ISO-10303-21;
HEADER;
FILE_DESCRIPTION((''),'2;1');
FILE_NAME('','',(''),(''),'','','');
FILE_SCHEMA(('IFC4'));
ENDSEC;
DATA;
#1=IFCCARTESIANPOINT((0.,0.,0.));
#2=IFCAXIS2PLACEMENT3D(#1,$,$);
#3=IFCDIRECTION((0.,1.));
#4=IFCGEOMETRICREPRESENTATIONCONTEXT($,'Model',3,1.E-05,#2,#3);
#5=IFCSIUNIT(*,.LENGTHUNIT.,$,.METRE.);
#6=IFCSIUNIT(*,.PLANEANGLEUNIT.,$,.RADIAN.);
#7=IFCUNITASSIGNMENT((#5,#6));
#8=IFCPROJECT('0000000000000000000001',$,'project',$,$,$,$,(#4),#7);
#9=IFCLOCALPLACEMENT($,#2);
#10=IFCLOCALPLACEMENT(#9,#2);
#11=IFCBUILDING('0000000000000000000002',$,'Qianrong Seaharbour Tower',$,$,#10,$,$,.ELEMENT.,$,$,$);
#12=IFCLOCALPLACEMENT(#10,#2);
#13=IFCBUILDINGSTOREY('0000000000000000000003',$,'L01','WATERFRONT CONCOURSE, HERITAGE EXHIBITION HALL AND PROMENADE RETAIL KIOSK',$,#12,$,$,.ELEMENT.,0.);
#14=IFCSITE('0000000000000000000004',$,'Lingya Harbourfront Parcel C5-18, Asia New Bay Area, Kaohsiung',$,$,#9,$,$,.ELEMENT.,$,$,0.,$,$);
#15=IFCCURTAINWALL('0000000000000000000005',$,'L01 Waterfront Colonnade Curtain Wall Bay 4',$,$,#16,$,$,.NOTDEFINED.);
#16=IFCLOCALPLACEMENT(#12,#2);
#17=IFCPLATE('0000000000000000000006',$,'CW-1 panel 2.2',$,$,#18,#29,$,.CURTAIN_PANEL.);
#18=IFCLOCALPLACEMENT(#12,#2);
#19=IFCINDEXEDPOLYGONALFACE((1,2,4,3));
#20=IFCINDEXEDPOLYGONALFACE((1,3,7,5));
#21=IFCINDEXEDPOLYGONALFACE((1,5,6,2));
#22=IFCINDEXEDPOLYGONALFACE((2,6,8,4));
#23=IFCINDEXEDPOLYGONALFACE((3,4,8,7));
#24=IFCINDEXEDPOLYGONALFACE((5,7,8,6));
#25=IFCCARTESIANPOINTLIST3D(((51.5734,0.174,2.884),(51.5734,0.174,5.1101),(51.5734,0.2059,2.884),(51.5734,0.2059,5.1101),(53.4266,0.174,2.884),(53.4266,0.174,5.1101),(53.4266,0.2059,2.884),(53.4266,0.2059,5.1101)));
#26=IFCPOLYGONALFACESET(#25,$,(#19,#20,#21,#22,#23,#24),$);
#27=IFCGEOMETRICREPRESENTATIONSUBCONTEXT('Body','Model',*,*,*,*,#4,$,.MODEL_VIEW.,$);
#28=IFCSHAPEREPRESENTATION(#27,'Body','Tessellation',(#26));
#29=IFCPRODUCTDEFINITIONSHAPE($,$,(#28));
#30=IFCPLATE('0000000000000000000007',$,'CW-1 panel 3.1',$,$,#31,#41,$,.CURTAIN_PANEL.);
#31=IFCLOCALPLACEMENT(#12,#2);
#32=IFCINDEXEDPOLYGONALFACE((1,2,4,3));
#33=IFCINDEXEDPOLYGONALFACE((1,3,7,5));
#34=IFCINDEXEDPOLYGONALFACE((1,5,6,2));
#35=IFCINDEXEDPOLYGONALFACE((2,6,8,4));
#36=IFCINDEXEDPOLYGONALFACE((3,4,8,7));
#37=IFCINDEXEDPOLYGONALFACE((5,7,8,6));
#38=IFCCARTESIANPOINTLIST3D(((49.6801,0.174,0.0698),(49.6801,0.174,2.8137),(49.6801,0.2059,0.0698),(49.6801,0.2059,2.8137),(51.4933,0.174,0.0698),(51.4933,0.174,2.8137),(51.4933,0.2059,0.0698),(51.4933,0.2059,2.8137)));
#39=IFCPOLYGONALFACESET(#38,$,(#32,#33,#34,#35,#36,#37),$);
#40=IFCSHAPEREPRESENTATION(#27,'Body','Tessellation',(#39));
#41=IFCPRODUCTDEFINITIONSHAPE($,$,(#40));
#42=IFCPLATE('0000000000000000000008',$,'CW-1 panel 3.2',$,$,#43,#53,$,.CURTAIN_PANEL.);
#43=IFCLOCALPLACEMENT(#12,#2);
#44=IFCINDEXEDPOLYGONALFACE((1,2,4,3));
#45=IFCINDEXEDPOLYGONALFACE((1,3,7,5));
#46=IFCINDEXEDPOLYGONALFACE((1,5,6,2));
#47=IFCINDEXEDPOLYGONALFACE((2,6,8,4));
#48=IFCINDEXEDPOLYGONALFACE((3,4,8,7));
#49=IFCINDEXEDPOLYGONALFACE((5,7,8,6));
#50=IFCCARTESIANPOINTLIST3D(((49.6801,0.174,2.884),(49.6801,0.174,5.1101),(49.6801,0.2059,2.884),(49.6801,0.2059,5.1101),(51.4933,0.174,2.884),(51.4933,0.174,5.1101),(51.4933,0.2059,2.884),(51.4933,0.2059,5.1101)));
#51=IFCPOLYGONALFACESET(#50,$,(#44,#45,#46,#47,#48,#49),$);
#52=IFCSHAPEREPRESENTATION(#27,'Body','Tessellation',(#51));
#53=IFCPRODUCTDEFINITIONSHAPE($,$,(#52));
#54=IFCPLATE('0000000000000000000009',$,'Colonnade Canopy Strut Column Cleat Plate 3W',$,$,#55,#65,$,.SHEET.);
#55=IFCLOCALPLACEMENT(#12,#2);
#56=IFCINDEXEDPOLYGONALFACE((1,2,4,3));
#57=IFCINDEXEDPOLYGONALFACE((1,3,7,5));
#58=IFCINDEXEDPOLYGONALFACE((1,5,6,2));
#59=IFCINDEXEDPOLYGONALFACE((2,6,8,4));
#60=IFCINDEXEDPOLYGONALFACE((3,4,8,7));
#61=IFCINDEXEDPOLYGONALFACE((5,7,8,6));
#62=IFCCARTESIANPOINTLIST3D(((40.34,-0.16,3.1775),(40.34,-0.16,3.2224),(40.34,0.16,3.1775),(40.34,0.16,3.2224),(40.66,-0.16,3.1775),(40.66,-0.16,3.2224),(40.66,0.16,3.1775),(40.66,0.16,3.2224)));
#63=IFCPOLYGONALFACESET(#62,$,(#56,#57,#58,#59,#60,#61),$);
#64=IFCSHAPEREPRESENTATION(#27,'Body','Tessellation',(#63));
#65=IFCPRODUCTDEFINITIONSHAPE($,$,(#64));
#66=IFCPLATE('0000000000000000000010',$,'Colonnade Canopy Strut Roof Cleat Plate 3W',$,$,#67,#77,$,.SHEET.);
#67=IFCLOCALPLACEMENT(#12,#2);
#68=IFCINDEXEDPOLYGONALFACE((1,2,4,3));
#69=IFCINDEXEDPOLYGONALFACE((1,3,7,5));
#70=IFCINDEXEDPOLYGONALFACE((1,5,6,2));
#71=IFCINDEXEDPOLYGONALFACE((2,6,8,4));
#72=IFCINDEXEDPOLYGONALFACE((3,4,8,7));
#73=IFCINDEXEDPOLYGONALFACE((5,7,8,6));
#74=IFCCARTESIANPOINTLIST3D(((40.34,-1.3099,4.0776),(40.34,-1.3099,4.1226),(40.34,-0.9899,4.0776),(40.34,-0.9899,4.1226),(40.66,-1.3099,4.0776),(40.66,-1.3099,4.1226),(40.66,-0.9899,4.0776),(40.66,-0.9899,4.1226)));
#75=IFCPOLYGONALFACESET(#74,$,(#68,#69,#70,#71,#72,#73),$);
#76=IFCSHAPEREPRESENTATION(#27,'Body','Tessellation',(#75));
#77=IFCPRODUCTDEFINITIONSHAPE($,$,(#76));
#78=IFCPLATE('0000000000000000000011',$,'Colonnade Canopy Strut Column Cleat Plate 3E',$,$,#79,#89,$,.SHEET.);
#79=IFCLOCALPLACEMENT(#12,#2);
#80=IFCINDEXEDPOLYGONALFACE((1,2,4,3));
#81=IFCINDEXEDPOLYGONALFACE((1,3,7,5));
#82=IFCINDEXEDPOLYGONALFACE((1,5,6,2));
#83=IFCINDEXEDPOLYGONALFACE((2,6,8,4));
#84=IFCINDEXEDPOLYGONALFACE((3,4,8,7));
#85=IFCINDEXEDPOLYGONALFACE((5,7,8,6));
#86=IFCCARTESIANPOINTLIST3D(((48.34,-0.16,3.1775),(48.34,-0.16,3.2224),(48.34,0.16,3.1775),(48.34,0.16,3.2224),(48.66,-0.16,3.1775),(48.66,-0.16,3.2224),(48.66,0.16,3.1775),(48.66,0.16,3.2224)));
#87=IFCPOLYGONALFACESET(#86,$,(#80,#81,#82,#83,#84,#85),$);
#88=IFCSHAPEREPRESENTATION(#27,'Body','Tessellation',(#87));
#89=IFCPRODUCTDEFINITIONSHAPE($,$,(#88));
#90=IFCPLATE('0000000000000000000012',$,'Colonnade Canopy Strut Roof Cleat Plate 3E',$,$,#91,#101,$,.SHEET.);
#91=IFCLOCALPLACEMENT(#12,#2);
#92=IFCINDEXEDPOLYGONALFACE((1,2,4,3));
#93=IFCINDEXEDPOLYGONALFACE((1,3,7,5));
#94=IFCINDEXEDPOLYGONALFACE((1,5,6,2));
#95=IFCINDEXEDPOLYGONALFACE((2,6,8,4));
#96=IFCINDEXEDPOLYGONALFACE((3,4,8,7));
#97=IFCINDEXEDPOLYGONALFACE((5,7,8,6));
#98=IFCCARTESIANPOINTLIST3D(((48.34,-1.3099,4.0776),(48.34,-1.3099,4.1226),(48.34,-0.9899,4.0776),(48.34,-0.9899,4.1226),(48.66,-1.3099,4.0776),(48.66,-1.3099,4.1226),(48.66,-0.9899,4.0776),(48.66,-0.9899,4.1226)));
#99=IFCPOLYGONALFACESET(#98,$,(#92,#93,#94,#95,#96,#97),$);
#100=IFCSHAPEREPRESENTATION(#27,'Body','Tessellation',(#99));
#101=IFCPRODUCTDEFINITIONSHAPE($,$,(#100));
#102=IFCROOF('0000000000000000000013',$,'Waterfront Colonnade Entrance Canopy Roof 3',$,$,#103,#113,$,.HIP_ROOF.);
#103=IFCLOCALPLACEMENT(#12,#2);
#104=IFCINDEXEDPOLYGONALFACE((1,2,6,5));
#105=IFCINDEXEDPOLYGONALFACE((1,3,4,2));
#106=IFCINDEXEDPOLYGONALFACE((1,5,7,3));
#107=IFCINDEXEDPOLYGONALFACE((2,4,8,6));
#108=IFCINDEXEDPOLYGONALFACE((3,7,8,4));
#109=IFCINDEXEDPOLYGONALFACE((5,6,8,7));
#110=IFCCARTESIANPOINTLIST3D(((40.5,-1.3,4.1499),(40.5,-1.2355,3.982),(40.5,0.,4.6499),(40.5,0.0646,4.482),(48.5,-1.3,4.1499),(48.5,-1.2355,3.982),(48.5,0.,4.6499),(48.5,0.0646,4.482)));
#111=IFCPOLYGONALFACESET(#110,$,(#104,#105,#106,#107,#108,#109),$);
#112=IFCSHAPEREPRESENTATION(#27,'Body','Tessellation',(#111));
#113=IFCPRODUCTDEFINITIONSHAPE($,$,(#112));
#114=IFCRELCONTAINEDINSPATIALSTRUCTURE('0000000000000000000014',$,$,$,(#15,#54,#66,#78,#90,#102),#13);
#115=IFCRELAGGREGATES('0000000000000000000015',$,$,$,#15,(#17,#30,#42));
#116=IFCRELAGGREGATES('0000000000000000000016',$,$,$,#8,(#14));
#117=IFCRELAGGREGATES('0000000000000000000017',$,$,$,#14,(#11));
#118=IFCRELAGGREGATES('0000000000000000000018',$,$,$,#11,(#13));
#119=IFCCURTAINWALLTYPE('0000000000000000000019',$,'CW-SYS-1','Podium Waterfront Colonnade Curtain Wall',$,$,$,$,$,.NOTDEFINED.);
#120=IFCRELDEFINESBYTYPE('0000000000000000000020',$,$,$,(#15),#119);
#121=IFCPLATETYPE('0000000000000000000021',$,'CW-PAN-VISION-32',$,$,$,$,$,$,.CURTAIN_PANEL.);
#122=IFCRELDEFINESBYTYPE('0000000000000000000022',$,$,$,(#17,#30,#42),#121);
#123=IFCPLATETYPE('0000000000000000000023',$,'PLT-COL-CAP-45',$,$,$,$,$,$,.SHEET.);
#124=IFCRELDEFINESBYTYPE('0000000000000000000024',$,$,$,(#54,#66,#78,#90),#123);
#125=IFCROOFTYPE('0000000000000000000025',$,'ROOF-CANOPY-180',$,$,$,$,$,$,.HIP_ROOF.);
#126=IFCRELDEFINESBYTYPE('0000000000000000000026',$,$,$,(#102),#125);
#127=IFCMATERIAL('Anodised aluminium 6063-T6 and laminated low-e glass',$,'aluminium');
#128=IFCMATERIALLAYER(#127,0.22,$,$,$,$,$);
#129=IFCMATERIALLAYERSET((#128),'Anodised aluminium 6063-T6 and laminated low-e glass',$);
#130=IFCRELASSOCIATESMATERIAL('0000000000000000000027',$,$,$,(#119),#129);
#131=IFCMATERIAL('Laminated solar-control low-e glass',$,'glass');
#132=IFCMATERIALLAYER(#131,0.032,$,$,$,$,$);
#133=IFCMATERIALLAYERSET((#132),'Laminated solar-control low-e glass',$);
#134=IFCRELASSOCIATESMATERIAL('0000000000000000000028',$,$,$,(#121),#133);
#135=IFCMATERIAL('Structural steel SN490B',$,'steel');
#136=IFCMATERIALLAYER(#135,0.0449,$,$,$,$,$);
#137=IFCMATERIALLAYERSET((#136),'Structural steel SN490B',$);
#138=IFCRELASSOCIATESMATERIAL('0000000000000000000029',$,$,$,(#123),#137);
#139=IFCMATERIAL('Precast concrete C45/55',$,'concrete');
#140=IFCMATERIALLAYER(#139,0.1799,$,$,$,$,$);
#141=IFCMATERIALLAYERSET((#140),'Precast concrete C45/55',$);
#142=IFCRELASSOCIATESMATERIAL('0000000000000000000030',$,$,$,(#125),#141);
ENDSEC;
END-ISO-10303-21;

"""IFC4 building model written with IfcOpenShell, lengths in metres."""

from ifc_helpers import new_model, si_unit, direction, frame, origin, origin_2d, place, context, subcontext, project, spatial, polyline, rectangle, outline, extrude, material, layer, layer_set, type_object, element, aggregate, save


model = new_model("IFC4")

# Units and contexts
model_context = context("Model", 3, precision=1e-05, world=origin(), true_north=direction((0.0, 1.0)))
body_context = subcontext(model_context, "Body", "Model", "MODEL_VIEW")
ifc_project = project(units=[si_unit("LENGTHUNIT", "METRE"), si_unit("PLANEANGLEUNIT", "RADIAN")], contexts=[model_context])

# Site, building, storey
site_placement = place(None, origin())
site = spatial("IfcSite", under=ifc_project, at=site_placement, Name="Lingya Harbourfront Parcel C5-18, Asia New Bay Area, Kaohsiung", CompositionType="ELEMENT", RefElevation=0.0)
building_placement = place(site_placement, origin())
building = spatial("IfcBuilding", under=site, at=building_placement, Name="Qianrong Seaharbour Tower", CompositionType="ELEMENT")
storey_placement = place(building_placement, origin())
storey = spatial("IfcBuildingStorey", under=building, at=storey_placement, Name="L01", Description="WATERFRONT CONCOURSE, HERITAGE EXHIBITION HALL AND PROMENADE RETAIL KIOSK", CompositionType="ELEMENT", Elevation=0.0)

# Shared definitions
ifc_material_1 = material(Name="Structural steel SN490B", Category="steel")

# Curtain wall
ifc_material_2 = material(Name="Anodised aluminium 6063-T6 and laminated low-e glass", Category="aluminium")
ifc_layer_1 = layer(ifc_material_2, 0.22)
ifc_layer_set_1 = layer_set([ifc_layer_1], Name="Anodised aluminium 6063-T6 and laminated low-e glass")
curtain_wall_type = type_object("IfcCurtainWallType", Name="CW-SYS-1", Description="Podium Waterfront Colonnade Curtain Wall", PredefinedType="NOTDEFINED", material=ifc_layer_set_1)
curtain_wall_placement = place(storey_placement, origin())
curtain_wall = element("IfcCurtainWall", 1, at=curtain_wall_placement, inside=storey, type_object=curtain_wall_type, Name="L01 Waterfront Colonnade Curtain Wall Bay 4", PredefinedType="NOTDEFINED")

# Plates
ifc_material_3 = material(Name="Laminated solar-control low-e glass", Category="glass")
ifc_layer_2 = layer(ifc_material_3, 0.032)
ifc_layer_set_2 = layer_set([ifc_layer_2], Name="Laminated solar-control low-e glass")
plate_type_1 = type_object("IfcPlateType", Name="CW-PAN-VISION-32", PredefinedType="CURTAIN_PANEL", material=ifc_layer_set_2)
plate_1_placement = place(storey_placement, frame((52.5, 0.1899, 2.884), z_axis=(0.0, 0.0, 1.0), x_axis=(-1.0, 0.0, 0.0)))
plate_1 = element("IfcPlate", 2, at=plate_1_placement, type_object=plate_type_1, Name="CW-1 panel 2.2", PredefinedType="CURTAIN_PANEL", context=body_context, shape_type="SweptSolid", body=[
    extrude(rectangle(XDim=1.8533, YDim=0.032, at=origin_2d()), origin(), (0.0, 0.0, 1.0), 2.2261),
])
plate_2_placement = place(storey_placement, frame((50.5867, 0.1899, 0.0698), z_axis=(0.0, 0.0, 1.0), x_axis=(-1.0, 0.0, 0.0)))
plate_2 = element("IfcPlate", 3, at=plate_2_placement, type_object=plate_type_1, Name="CW-1 panel 3.1", PredefinedType="CURTAIN_PANEL", context=body_context, shape_type="SweptSolid", body=[
    extrude(rectangle(XDim=1.8132, YDim=0.032, at=origin_2d()), origin(), (0.0, 0.0, 1.0), 2.7439),
])
plate_3_placement = place(storey_placement, frame((50.5867, 0.1899, 2.884), z_axis=(0.0, 0.0, 1.0), x_axis=(-1.0, 0.0, 0.0)))
plate_3 = element("IfcPlate", 4, at=plate_3_placement, type_object=plate_type_1, Name="CW-1 panel 3.2", PredefinedType="CURTAIN_PANEL", context=body_context, shape_type="SweptSolid", body=[
    extrude(rectangle(XDim=1.8132, YDim=0.032, at=origin_2d()), origin(), (0.0, 0.0, 1.0), 2.2261),
])
aggregate(curtain_wall, [plate_1, plate_2, plate_3])

# Plates
ifc_layer_3 = layer(ifc_material_1, 0.0449)
ifc_layer_set_3 = layer_set([ifc_layer_3], Name="Structural steel SN490B")
plate_type_2 = type_object("IfcPlateType", Name="PLT-COL-CAP-45", PredefinedType="SHEET", material=ifc_layer_set_3)
for number, where, z_axis, x_axis, name in (
    (5, (40.5, 0.0, 3.1775), (0.0, 0.0, 1.0), (1.0, 0.0, 0.0), "Colonnade Canopy Strut Column Cleat Plate 3W"),
    (6, (40.5, -1.1499, 4.0776), (0.0, 0.0, 1.0), (1.0, 0.0, 0.0), "Colonnade Canopy Strut Roof Cleat Plate 3W"),
    (7, (48.5, 0.0, 3.1775), (0.0, 0.0, 1.0), (1.0, 0.0, 0.0), "Colonnade Canopy Strut Column Cleat Plate 3E"),
    (8, (48.5, -1.1499, 4.0776), (0.0, 0.0, 1.0), (1.0, 0.0, 0.0), "Colonnade Canopy Strut Roof Cleat Plate 3E"),
):
    element("IfcPlate", number, at=place(storey_placement, frame(where, z_axis=z_axis, x_axis=x_axis)), inside=storey, type_object=plate_type_2, Name=name, PredefinedType="SHEET", context=body_context, shape_type="SweptSolid", body=[
        extrude(rectangle(XDim=0.3201, YDim=0.3201, at=origin_2d()), origin(), (0.0, 0.0, 1.0), 0.0449),
    ])

# Roof
ifc_material_4 = material(Name="Precast concrete C45/55", Category="concrete")
ifc_layer_4 = layer(ifc_material_4, 0.1799)
ifc_layer_set_4 = layer_set([ifc_layer_4], Name="Precast concrete C45/55")
roof_type = type_object("IfcRoofType", Name="ROOF-CANOPY-180", PredefinedType="HIP_ROOF", material=ifc_layer_set_4)
roof_placement = place(storey_placement, frame((40.5, -1.3, 4.1499), z_axis=(0.0, -0.358967, 0.93335), x_axis=(1.0, 0.0, 0.0)))
element("IfcRoof", 9, at=roof_placement, inside=storey, type_object=roof_type, Name="Waterfront Colonnade Entrance Canopy Roof 3", PredefinedType="HIP_ROOF", context=body_context, shape_type="SweptSolid", body=[
    extrude(outline(polyline([(0.0, 0.0), (8.0, 0.0), (8.0, 1.3929), (0.0, 1.3929), (0.0, 0.0)])), origin(), (0.0, 0.0, -1.0), 0.1799),
])

save(model, "model.ifc")
